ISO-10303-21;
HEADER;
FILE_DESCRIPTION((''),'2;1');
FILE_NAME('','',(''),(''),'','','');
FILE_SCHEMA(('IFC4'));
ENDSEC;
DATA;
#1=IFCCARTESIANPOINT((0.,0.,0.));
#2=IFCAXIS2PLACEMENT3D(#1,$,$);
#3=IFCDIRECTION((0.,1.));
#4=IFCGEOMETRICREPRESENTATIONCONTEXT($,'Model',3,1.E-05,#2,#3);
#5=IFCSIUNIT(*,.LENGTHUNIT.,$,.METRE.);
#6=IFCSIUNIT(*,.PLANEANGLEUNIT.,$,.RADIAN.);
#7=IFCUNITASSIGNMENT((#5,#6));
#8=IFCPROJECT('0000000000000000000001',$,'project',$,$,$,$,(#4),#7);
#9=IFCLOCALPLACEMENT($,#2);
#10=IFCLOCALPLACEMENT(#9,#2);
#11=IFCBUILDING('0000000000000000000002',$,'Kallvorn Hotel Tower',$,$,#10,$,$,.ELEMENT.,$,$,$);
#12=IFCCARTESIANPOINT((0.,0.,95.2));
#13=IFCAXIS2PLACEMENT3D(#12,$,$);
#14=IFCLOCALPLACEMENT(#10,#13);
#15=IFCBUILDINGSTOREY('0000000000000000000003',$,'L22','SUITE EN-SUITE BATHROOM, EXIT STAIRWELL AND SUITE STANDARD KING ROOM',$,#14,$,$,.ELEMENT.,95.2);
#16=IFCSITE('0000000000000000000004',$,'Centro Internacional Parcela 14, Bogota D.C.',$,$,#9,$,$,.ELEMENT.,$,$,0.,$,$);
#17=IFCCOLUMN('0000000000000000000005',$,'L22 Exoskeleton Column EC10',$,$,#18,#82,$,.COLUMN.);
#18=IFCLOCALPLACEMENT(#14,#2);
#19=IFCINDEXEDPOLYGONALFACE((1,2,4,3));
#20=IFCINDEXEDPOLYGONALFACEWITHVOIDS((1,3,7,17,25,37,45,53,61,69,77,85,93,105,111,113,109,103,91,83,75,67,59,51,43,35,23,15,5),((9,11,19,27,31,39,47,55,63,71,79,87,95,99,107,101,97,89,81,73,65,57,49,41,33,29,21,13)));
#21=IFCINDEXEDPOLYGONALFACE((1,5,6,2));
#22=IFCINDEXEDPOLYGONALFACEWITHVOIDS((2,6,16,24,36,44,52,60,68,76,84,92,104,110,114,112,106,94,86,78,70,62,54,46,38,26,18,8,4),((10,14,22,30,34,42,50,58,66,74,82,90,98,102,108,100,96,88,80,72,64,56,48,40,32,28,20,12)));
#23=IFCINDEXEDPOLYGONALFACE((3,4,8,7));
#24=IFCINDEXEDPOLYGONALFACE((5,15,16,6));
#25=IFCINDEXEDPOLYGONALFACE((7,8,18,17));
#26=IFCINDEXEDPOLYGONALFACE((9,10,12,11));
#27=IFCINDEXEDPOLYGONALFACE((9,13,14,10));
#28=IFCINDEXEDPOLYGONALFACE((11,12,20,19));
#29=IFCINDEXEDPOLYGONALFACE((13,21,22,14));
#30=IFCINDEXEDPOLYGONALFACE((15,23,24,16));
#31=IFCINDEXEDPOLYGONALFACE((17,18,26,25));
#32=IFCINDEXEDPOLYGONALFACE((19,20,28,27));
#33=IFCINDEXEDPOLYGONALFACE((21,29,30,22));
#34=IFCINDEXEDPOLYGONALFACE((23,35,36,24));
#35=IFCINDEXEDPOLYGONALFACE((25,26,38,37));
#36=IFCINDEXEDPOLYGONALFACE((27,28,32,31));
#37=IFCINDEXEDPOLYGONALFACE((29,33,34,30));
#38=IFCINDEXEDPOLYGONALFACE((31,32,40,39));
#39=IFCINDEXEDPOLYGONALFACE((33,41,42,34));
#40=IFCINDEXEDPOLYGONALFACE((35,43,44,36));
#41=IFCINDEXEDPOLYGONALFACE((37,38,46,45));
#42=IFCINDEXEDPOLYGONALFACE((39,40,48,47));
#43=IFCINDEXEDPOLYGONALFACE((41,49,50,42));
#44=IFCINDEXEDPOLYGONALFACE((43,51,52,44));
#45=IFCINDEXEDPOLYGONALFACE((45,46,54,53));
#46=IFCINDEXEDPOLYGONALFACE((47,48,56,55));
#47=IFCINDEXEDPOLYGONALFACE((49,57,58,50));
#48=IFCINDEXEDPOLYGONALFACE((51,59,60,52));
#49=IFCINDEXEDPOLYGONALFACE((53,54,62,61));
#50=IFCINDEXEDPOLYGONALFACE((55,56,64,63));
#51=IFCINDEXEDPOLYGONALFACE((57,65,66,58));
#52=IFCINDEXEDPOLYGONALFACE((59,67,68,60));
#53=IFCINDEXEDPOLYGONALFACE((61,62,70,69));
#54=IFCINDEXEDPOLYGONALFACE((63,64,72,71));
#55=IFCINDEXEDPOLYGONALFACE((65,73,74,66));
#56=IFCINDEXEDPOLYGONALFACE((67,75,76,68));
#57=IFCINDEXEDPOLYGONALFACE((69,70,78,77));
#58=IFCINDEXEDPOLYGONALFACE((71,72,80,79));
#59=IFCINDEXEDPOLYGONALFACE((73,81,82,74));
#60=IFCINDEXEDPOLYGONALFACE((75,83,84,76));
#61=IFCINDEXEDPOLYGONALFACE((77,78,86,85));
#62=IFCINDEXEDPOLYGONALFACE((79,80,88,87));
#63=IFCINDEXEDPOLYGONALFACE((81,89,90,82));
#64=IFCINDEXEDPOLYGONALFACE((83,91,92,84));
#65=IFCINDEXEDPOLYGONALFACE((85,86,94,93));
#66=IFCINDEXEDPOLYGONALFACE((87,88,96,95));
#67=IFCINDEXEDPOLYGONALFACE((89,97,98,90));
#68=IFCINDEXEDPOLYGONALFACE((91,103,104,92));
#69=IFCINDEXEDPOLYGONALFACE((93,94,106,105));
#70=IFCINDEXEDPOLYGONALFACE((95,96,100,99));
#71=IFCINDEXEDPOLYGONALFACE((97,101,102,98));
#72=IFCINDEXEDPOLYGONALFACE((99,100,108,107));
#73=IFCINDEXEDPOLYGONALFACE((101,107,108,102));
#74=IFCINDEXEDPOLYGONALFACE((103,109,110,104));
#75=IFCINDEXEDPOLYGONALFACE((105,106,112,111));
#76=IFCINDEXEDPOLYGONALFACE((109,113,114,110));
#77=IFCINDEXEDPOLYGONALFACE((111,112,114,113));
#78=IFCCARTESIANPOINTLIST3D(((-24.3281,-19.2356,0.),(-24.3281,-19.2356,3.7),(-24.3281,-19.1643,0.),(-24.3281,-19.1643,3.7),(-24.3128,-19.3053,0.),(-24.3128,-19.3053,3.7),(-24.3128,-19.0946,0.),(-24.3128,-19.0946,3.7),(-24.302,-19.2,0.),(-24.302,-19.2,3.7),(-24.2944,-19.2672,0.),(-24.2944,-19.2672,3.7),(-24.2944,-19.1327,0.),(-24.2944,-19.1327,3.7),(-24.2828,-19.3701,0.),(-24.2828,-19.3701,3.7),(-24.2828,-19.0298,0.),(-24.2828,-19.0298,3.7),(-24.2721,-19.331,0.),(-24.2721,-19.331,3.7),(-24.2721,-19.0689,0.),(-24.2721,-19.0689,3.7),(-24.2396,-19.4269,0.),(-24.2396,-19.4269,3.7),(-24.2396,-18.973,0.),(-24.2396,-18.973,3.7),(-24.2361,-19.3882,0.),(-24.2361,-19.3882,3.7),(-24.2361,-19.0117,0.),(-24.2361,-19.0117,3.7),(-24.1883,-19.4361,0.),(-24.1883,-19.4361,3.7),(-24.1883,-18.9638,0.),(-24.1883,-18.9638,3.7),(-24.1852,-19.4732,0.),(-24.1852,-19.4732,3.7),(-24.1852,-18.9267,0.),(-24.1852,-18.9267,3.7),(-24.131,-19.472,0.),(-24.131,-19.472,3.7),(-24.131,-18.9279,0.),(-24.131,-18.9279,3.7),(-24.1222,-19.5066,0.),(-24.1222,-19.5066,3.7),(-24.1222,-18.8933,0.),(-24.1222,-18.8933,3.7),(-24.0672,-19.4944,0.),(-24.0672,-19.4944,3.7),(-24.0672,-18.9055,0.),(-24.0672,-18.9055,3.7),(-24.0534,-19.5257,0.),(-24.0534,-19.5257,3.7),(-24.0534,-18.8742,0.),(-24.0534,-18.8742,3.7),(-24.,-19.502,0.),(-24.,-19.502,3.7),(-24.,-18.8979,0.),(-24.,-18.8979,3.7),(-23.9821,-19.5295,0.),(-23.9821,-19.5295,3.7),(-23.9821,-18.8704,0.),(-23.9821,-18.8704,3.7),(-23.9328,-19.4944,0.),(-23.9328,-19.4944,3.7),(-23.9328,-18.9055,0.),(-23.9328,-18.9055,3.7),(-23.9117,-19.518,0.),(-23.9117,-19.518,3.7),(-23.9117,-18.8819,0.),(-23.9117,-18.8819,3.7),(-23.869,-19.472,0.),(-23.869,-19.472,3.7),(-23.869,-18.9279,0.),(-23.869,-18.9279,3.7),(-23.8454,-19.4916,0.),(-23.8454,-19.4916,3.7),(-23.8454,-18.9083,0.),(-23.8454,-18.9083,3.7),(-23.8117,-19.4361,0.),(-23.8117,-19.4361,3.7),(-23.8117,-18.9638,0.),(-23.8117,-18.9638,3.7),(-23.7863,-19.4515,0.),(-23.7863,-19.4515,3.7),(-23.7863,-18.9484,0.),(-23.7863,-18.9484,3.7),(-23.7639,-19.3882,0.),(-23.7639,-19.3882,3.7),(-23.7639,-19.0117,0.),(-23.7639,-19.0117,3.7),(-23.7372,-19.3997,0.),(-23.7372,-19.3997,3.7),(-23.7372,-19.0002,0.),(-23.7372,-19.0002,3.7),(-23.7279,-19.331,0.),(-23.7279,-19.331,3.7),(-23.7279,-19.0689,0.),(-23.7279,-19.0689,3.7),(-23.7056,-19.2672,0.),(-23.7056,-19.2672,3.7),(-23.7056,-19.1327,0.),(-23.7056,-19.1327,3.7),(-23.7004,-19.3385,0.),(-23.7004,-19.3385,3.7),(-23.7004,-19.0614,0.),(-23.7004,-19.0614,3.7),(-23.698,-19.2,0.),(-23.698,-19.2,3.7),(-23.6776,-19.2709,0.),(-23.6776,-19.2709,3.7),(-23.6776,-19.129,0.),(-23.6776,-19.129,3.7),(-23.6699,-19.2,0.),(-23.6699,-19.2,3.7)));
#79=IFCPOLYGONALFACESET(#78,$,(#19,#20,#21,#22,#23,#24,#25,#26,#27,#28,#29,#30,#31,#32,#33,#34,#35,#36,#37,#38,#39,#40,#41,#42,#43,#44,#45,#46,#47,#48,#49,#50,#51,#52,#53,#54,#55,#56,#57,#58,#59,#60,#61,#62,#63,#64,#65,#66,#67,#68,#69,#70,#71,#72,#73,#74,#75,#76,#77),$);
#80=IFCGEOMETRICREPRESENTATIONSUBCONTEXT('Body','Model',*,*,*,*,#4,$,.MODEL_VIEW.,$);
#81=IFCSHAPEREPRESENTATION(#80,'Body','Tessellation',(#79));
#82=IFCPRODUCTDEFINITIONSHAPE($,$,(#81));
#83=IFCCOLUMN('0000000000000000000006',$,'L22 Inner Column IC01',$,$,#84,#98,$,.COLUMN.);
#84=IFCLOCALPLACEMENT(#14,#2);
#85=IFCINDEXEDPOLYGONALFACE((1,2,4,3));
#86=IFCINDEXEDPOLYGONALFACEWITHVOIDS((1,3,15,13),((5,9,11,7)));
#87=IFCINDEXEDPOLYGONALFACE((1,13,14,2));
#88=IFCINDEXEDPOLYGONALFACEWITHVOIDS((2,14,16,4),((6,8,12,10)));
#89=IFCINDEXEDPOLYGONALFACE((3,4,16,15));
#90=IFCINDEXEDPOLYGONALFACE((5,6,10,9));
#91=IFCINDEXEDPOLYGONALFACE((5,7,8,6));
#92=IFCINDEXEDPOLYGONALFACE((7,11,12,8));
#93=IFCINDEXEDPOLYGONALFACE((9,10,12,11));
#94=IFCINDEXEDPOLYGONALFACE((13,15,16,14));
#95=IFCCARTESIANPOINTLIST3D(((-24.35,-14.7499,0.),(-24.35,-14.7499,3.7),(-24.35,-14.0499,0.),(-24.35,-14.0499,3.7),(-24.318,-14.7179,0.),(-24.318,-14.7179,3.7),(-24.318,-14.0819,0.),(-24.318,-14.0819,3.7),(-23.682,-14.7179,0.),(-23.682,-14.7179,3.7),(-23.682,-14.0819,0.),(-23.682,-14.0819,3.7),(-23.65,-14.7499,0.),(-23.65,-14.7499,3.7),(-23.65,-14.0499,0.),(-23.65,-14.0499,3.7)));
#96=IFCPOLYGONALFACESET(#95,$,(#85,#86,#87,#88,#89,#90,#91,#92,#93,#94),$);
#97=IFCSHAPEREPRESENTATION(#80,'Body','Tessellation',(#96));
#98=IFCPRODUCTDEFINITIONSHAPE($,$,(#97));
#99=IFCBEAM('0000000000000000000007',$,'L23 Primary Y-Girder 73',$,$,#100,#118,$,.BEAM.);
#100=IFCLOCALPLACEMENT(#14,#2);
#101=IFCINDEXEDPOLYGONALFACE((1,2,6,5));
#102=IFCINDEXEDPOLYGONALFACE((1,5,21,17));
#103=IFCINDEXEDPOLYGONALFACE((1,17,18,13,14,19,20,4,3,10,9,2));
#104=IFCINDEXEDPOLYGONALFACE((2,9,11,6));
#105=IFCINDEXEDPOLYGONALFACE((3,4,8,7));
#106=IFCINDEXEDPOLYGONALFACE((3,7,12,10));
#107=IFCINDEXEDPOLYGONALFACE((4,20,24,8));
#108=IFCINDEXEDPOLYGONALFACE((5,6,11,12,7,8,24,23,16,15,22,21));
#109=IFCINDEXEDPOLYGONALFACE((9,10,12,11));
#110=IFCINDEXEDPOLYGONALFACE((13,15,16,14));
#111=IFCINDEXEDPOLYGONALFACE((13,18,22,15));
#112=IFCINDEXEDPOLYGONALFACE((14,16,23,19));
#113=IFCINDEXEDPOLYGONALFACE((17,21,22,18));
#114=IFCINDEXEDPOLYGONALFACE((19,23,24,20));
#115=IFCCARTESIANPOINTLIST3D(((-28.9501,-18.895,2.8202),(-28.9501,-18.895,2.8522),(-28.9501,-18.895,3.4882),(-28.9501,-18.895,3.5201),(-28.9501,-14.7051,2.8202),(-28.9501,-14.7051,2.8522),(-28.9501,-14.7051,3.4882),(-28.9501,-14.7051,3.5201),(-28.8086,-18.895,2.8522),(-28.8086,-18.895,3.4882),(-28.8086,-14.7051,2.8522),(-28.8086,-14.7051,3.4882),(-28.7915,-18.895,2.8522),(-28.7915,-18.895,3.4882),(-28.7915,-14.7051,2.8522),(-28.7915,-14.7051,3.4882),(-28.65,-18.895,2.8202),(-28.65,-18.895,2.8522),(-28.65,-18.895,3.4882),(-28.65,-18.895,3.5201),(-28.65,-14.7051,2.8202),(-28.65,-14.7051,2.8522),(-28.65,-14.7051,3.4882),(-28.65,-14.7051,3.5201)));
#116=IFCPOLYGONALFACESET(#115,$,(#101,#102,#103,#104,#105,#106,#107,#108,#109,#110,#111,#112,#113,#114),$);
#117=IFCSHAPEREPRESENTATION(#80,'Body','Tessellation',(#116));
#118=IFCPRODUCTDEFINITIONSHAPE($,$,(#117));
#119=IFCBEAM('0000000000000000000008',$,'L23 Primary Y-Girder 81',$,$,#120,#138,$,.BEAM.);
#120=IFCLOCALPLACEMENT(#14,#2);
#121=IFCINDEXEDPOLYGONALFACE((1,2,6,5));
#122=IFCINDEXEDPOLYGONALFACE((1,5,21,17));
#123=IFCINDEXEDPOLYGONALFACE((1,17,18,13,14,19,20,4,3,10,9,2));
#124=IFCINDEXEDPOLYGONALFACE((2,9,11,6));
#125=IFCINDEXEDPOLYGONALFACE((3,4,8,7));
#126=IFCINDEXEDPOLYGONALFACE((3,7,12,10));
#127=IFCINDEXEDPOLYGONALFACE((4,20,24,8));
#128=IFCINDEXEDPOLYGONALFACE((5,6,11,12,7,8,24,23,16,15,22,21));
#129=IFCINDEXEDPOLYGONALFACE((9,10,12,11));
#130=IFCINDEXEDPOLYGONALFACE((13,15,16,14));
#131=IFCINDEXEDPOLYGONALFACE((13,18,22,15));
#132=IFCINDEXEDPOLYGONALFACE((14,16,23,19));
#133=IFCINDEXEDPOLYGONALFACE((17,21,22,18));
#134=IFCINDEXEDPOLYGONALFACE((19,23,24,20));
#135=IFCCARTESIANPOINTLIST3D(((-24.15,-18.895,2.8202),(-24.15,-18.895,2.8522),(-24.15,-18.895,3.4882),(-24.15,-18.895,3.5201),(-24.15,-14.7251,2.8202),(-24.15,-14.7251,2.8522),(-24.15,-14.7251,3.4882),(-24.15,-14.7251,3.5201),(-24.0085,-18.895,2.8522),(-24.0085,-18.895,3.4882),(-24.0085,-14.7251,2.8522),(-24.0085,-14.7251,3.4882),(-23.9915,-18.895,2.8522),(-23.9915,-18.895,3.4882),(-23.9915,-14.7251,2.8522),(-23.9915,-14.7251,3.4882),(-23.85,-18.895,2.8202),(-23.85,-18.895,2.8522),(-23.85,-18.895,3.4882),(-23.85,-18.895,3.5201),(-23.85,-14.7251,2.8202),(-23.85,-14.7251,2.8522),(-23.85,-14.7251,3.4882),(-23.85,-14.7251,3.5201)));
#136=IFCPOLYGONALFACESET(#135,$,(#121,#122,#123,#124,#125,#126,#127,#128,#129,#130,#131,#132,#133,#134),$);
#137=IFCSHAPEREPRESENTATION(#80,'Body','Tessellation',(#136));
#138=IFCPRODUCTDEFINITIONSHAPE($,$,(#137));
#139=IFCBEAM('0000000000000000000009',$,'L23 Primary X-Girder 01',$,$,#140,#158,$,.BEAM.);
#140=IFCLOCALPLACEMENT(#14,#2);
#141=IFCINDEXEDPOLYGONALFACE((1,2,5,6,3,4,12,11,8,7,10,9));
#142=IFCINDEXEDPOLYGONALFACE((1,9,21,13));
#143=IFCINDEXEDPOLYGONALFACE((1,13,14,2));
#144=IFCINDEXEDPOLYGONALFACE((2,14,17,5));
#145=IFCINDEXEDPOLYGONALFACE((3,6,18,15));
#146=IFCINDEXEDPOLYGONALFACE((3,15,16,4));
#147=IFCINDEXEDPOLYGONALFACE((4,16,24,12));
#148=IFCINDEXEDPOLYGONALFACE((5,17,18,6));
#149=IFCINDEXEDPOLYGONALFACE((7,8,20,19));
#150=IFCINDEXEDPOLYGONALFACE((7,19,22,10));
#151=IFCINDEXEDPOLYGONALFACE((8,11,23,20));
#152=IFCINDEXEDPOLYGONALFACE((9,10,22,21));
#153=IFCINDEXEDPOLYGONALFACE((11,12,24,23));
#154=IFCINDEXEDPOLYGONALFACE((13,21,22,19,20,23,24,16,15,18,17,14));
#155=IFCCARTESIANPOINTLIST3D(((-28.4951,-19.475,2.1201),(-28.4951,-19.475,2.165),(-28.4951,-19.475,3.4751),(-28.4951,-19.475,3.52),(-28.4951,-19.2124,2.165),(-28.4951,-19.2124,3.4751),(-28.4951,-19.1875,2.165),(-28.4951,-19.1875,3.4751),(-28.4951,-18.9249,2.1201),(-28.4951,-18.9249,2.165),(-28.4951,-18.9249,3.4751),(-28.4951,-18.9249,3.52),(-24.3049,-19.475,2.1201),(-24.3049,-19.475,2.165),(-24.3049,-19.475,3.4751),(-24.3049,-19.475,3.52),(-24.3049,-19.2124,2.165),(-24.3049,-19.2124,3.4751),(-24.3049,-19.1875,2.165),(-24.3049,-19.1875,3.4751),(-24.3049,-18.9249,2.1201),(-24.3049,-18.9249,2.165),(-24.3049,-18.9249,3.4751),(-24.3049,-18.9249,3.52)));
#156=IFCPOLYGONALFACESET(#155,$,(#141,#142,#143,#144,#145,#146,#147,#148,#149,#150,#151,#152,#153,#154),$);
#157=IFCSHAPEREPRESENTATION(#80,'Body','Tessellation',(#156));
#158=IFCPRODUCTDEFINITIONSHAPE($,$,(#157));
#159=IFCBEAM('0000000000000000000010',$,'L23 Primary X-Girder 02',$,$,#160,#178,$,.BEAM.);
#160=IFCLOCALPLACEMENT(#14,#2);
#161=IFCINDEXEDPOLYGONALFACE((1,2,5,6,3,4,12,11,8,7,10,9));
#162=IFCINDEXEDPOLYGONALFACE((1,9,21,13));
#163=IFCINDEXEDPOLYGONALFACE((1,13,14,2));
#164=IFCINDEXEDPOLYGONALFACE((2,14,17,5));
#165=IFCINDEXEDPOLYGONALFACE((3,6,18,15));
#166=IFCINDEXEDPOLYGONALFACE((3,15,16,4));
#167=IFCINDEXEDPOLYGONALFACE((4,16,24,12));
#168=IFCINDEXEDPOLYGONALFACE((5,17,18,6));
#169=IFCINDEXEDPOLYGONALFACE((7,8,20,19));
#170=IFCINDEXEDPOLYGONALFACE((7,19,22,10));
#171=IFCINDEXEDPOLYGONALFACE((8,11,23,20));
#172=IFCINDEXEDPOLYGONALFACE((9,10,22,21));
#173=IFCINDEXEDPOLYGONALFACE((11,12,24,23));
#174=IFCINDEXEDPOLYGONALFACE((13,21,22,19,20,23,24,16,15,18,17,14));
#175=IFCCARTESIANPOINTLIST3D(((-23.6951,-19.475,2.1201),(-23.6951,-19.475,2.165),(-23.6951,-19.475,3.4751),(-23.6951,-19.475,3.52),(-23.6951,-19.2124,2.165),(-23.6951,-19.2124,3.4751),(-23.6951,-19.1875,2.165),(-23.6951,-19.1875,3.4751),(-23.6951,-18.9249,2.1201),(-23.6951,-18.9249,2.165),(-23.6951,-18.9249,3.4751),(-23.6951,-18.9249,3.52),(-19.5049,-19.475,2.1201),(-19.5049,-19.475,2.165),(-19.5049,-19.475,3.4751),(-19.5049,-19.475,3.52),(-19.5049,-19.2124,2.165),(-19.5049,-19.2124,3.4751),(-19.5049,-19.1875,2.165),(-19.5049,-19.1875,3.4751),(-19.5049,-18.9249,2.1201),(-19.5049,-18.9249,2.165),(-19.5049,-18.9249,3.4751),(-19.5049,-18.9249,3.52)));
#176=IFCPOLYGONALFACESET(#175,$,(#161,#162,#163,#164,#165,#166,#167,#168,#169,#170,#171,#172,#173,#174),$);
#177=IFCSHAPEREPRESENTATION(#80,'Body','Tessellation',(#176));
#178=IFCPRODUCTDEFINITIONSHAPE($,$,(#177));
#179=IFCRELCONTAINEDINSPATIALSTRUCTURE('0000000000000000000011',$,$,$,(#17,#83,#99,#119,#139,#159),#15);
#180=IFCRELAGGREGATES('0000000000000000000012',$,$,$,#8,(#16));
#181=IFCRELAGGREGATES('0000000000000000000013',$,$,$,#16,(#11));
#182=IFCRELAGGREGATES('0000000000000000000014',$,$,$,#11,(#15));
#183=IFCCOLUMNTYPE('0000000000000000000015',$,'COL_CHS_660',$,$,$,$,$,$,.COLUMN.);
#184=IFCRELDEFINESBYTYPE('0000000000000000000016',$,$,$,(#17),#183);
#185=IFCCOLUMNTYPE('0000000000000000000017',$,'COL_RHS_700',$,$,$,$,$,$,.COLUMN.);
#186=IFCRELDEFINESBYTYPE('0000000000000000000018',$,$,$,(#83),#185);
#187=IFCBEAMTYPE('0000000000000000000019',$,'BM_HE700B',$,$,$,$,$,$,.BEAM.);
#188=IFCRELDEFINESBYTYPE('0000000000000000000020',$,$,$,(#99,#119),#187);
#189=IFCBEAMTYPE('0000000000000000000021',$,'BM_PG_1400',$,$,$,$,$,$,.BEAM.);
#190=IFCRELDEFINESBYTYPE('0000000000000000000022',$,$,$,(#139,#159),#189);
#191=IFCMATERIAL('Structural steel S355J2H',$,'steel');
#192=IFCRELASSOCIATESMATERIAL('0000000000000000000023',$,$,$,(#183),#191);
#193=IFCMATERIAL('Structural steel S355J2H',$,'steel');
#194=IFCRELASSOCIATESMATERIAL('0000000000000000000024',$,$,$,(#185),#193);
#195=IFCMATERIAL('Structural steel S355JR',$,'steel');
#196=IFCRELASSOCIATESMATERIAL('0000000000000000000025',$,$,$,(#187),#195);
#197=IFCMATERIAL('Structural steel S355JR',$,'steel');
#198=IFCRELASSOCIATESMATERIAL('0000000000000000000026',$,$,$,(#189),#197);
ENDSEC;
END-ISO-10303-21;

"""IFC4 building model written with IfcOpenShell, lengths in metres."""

from ifc_helpers import new_model, si_unit, direction, frame, origin, origin_2d, place, context, subcontext, project, spatial, hollow_rectangle, hollow_circle, i_section, extrude, material, material_profile, profile_set, type_object, element, save


model = new_model("IFC4")

# Units and contexts
model_context = context("Model", 3, precision=1e-05, world=origin(), true_north=direction((0.0, 1.0)))
body_context = subcontext(model_context, "Body", "Model", "MODEL_VIEW")
ifc_project = project(units=[si_unit("LENGTHUNIT", "METRE"), si_unit("PLANEANGLEUNIT", "RADIAN")], contexts=[model_context])

# Site, building, storey
site_placement = place(None, origin())
site = spatial("IfcSite", under=ifc_project, at=site_placement, Name="Centro Internacional Parcela 14, Bogota D.C.", CompositionType="ELEMENT", RefElevation=0.0)
building_placement = place(site_placement, origin())
building = spatial("IfcBuilding", under=site, at=building_placement, Name="Kallvorn Hotel Tower", CompositionType="ELEMENT")
storey_placement = place(building_placement, frame((0.0, 0.0, 95.2)))
storey = spatial("IfcBuildingStorey", under=building, at=storey_placement, Name="L22", Description="SUITE EN-SUITE BATHROOM, EXIT STAIRWELL AND SUITE STANDARD KING ROOM", CompositionType="ELEMENT", Elevation=95.2)

# Columns
ifc_material_1 = material(Name="Structural steel S355J2H", Category="steel")
ifc_material_profile_1 = material_profile(ifc_material_1, hollow_circle(Radius=0.3301, WallThickness=0.0281, at=origin_2d()), Name="CHS 660x28")
ifc_profile_set_1 = profile_set([ifc_material_profile_1], Name="Structural steel S355J2H")
column_type_1 = type_object("IfcColumnType", Name="COL_CHS_660", PredefinedType="COLUMN", material=ifc_profile_set_1)
for number, where, z_axis, x_axis, name in (
    (1, (-24.0, -19.2, 0.0), (0.0, 0.0, 1.0), (1.0, 0.0, 0.0), "L22 Exoskeleton Column EC10"),
):
    element("IfcColumn", number, at=place(storey_placement, frame(where, z_axis=z_axis, x_axis=x_axis)), inside=storey, type_object=column_type_1, Name=name, PredefinedType="COLUMN", context=body_context, shape_type="SweptSolid", body=[
        extrude(hollow_circle(Radius=0.3301, WallThickness=0.0281, at=origin_2d()), origin(), (0.0, 0.0, 1.0), 3.7),
    ])
ifc_material_2 = material(Name="Structural steel S355J2H", Category="steel")
ifc_material_profile_2 = material_profile(ifc_material_2, hollow_rectangle(XDim=0.7, YDim=0.7, WallThickness=0.032, at=origin_2d()), Name="RHS 700x700x32")
ifc_profile_set_2 = profile_set([ifc_material_profile_2], Name="Structural steel S355J2H")
column_type_2 = type_object("IfcColumnType", Name="COL_RHS_700", PredefinedType="COLUMN", material=ifc_profile_set_2)
column_1_placement = place(storey_placement, frame((-24.0, -14.3999, 0.0), z_axis=(0.0, 0.0, 1.0), x_axis=(1.0, 0.0, 0.0)))
element("IfcColumn", 2, at=column_1_placement, inside=storey, type_object=column_type_2, Name="L22 Inner Column IC01", PredefinedType="COLUMN", context=body_context, shape_type="SweptSolid", body=[
    extrude(hollow_rectangle(XDim=0.7, YDim=0.7, WallThickness=0.032, at=origin_2d()), origin(), (0.0, 0.0, 1.0), 3.7),
])

# Beams
ifc_material_3 = material(Name="Structural steel S355JR", Category="steel")
ifc_material_profile_3 = material_profile(ifc_material_3, i_section(OverallWidth=0.3, OverallDepth=0.7, WebThickness=0.0171, FlangeThickness=0.032, at=origin_2d()), Name="HE 700 B")
ifc_profile_set_3 = profile_set([ifc_material_profile_3], Name="Structural steel S355JR")
beam_type_1 = type_object("IfcBeamType", Name="BM_HE700B", PredefinedType="BEAM", material=ifc_profile_set_3)
beam_1_placement = place(storey_placement, frame((-28.8, -18.895, 3.1702), z_axis=(0.0, 1.0, 0.0), x_axis=(-1.0, 0.0, 0.0)))
element("IfcBeam", 3, at=beam_1_placement, inside=storey, type_object=beam_type_1, Name="L23 Primary Y-Girder 73", PredefinedType="BEAM", context=body_context, shape_type="SweptSolid", body=[
    extrude(i_section(OverallWidth=0.3, OverallDepth=0.7, WebThickness=0.0171, FlangeThickness=0.032, at=origin_2d()), origin(), (0.0, 0.0, 1.0), 4.1899),
])
beam_2_placement = place(storey_placement, frame((-24.0, -18.895, 3.1702), z_axis=(0.0, 1.0, 0.0), x_axis=(-1.0, 0.0, 0.0)))
element("IfcBeam", 4, at=beam_2_placement, inside=storey, type_object=beam_type_1, Name="L23 Primary Y-Girder 81", PredefinedType="BEAM", context=body_context, shape_type="SweptSolid", body=[
    extrude(i_section(OverallWidth=0.3, OverallDepth=0.7, WebThickness=0.0171, FlangeThickness=0.032, at=origin_2d()), origin(), (0.0, 0.0, 1.0), 4.1699),
])
ifc_material_4 = material(Name="Structural steel S355JR", Category="steel")
ifc_material_profile_4 = material_profile(ifc_material_4, i_section(OverallWidth=0.55, OverallDepth=1.3999, WebThickness=0.0249, FlangeThickness=0.0449, at=origin_2d()), Name="PG 1400x550x25x45")
ifc_profile_set_4 = profile_set([ifc_material_profile_4], Name="Structural steel S355JR")
beam_type_2 = type_object("IfcBeamType", Name="BM_PG_1400", PredefinedType="BEAM", material=ifc_profile_set_4)
for number, where, z_axis, x_axis, name in (
    (5, (-28.4951, -19.2, 2.8201), (1.0, 0.0, 0.0), (0.0, 1.0, 0.0), "L23 Primary X-Girder 01"),
    (6, (-23.6951, -19.2, 2.8201), (1.0, 0.0, 0.0), (0.0, 1.0, 0.0), "L23 Primary X-Girder 02"),
):
    element("IfcBeam", number, at=place(storey_placement, frame(where, z_axis=z_axis, x_axis=x_axis)), inside=storey, type_object=beam_type_2, Name=name, PredefinedType="BEAM", context=body_context, shape_type="SweptSolid", body=[
        extrude(i_section(OverallWidth=0.55, OverallDepth=1.3999, WebThickness=0.0249, FlangeThickness=0.0449, at=origin_2d()), origin(), (0.0, 0.0, 1.0), 4.1902),
    ])

save(model, "model.ifc")
